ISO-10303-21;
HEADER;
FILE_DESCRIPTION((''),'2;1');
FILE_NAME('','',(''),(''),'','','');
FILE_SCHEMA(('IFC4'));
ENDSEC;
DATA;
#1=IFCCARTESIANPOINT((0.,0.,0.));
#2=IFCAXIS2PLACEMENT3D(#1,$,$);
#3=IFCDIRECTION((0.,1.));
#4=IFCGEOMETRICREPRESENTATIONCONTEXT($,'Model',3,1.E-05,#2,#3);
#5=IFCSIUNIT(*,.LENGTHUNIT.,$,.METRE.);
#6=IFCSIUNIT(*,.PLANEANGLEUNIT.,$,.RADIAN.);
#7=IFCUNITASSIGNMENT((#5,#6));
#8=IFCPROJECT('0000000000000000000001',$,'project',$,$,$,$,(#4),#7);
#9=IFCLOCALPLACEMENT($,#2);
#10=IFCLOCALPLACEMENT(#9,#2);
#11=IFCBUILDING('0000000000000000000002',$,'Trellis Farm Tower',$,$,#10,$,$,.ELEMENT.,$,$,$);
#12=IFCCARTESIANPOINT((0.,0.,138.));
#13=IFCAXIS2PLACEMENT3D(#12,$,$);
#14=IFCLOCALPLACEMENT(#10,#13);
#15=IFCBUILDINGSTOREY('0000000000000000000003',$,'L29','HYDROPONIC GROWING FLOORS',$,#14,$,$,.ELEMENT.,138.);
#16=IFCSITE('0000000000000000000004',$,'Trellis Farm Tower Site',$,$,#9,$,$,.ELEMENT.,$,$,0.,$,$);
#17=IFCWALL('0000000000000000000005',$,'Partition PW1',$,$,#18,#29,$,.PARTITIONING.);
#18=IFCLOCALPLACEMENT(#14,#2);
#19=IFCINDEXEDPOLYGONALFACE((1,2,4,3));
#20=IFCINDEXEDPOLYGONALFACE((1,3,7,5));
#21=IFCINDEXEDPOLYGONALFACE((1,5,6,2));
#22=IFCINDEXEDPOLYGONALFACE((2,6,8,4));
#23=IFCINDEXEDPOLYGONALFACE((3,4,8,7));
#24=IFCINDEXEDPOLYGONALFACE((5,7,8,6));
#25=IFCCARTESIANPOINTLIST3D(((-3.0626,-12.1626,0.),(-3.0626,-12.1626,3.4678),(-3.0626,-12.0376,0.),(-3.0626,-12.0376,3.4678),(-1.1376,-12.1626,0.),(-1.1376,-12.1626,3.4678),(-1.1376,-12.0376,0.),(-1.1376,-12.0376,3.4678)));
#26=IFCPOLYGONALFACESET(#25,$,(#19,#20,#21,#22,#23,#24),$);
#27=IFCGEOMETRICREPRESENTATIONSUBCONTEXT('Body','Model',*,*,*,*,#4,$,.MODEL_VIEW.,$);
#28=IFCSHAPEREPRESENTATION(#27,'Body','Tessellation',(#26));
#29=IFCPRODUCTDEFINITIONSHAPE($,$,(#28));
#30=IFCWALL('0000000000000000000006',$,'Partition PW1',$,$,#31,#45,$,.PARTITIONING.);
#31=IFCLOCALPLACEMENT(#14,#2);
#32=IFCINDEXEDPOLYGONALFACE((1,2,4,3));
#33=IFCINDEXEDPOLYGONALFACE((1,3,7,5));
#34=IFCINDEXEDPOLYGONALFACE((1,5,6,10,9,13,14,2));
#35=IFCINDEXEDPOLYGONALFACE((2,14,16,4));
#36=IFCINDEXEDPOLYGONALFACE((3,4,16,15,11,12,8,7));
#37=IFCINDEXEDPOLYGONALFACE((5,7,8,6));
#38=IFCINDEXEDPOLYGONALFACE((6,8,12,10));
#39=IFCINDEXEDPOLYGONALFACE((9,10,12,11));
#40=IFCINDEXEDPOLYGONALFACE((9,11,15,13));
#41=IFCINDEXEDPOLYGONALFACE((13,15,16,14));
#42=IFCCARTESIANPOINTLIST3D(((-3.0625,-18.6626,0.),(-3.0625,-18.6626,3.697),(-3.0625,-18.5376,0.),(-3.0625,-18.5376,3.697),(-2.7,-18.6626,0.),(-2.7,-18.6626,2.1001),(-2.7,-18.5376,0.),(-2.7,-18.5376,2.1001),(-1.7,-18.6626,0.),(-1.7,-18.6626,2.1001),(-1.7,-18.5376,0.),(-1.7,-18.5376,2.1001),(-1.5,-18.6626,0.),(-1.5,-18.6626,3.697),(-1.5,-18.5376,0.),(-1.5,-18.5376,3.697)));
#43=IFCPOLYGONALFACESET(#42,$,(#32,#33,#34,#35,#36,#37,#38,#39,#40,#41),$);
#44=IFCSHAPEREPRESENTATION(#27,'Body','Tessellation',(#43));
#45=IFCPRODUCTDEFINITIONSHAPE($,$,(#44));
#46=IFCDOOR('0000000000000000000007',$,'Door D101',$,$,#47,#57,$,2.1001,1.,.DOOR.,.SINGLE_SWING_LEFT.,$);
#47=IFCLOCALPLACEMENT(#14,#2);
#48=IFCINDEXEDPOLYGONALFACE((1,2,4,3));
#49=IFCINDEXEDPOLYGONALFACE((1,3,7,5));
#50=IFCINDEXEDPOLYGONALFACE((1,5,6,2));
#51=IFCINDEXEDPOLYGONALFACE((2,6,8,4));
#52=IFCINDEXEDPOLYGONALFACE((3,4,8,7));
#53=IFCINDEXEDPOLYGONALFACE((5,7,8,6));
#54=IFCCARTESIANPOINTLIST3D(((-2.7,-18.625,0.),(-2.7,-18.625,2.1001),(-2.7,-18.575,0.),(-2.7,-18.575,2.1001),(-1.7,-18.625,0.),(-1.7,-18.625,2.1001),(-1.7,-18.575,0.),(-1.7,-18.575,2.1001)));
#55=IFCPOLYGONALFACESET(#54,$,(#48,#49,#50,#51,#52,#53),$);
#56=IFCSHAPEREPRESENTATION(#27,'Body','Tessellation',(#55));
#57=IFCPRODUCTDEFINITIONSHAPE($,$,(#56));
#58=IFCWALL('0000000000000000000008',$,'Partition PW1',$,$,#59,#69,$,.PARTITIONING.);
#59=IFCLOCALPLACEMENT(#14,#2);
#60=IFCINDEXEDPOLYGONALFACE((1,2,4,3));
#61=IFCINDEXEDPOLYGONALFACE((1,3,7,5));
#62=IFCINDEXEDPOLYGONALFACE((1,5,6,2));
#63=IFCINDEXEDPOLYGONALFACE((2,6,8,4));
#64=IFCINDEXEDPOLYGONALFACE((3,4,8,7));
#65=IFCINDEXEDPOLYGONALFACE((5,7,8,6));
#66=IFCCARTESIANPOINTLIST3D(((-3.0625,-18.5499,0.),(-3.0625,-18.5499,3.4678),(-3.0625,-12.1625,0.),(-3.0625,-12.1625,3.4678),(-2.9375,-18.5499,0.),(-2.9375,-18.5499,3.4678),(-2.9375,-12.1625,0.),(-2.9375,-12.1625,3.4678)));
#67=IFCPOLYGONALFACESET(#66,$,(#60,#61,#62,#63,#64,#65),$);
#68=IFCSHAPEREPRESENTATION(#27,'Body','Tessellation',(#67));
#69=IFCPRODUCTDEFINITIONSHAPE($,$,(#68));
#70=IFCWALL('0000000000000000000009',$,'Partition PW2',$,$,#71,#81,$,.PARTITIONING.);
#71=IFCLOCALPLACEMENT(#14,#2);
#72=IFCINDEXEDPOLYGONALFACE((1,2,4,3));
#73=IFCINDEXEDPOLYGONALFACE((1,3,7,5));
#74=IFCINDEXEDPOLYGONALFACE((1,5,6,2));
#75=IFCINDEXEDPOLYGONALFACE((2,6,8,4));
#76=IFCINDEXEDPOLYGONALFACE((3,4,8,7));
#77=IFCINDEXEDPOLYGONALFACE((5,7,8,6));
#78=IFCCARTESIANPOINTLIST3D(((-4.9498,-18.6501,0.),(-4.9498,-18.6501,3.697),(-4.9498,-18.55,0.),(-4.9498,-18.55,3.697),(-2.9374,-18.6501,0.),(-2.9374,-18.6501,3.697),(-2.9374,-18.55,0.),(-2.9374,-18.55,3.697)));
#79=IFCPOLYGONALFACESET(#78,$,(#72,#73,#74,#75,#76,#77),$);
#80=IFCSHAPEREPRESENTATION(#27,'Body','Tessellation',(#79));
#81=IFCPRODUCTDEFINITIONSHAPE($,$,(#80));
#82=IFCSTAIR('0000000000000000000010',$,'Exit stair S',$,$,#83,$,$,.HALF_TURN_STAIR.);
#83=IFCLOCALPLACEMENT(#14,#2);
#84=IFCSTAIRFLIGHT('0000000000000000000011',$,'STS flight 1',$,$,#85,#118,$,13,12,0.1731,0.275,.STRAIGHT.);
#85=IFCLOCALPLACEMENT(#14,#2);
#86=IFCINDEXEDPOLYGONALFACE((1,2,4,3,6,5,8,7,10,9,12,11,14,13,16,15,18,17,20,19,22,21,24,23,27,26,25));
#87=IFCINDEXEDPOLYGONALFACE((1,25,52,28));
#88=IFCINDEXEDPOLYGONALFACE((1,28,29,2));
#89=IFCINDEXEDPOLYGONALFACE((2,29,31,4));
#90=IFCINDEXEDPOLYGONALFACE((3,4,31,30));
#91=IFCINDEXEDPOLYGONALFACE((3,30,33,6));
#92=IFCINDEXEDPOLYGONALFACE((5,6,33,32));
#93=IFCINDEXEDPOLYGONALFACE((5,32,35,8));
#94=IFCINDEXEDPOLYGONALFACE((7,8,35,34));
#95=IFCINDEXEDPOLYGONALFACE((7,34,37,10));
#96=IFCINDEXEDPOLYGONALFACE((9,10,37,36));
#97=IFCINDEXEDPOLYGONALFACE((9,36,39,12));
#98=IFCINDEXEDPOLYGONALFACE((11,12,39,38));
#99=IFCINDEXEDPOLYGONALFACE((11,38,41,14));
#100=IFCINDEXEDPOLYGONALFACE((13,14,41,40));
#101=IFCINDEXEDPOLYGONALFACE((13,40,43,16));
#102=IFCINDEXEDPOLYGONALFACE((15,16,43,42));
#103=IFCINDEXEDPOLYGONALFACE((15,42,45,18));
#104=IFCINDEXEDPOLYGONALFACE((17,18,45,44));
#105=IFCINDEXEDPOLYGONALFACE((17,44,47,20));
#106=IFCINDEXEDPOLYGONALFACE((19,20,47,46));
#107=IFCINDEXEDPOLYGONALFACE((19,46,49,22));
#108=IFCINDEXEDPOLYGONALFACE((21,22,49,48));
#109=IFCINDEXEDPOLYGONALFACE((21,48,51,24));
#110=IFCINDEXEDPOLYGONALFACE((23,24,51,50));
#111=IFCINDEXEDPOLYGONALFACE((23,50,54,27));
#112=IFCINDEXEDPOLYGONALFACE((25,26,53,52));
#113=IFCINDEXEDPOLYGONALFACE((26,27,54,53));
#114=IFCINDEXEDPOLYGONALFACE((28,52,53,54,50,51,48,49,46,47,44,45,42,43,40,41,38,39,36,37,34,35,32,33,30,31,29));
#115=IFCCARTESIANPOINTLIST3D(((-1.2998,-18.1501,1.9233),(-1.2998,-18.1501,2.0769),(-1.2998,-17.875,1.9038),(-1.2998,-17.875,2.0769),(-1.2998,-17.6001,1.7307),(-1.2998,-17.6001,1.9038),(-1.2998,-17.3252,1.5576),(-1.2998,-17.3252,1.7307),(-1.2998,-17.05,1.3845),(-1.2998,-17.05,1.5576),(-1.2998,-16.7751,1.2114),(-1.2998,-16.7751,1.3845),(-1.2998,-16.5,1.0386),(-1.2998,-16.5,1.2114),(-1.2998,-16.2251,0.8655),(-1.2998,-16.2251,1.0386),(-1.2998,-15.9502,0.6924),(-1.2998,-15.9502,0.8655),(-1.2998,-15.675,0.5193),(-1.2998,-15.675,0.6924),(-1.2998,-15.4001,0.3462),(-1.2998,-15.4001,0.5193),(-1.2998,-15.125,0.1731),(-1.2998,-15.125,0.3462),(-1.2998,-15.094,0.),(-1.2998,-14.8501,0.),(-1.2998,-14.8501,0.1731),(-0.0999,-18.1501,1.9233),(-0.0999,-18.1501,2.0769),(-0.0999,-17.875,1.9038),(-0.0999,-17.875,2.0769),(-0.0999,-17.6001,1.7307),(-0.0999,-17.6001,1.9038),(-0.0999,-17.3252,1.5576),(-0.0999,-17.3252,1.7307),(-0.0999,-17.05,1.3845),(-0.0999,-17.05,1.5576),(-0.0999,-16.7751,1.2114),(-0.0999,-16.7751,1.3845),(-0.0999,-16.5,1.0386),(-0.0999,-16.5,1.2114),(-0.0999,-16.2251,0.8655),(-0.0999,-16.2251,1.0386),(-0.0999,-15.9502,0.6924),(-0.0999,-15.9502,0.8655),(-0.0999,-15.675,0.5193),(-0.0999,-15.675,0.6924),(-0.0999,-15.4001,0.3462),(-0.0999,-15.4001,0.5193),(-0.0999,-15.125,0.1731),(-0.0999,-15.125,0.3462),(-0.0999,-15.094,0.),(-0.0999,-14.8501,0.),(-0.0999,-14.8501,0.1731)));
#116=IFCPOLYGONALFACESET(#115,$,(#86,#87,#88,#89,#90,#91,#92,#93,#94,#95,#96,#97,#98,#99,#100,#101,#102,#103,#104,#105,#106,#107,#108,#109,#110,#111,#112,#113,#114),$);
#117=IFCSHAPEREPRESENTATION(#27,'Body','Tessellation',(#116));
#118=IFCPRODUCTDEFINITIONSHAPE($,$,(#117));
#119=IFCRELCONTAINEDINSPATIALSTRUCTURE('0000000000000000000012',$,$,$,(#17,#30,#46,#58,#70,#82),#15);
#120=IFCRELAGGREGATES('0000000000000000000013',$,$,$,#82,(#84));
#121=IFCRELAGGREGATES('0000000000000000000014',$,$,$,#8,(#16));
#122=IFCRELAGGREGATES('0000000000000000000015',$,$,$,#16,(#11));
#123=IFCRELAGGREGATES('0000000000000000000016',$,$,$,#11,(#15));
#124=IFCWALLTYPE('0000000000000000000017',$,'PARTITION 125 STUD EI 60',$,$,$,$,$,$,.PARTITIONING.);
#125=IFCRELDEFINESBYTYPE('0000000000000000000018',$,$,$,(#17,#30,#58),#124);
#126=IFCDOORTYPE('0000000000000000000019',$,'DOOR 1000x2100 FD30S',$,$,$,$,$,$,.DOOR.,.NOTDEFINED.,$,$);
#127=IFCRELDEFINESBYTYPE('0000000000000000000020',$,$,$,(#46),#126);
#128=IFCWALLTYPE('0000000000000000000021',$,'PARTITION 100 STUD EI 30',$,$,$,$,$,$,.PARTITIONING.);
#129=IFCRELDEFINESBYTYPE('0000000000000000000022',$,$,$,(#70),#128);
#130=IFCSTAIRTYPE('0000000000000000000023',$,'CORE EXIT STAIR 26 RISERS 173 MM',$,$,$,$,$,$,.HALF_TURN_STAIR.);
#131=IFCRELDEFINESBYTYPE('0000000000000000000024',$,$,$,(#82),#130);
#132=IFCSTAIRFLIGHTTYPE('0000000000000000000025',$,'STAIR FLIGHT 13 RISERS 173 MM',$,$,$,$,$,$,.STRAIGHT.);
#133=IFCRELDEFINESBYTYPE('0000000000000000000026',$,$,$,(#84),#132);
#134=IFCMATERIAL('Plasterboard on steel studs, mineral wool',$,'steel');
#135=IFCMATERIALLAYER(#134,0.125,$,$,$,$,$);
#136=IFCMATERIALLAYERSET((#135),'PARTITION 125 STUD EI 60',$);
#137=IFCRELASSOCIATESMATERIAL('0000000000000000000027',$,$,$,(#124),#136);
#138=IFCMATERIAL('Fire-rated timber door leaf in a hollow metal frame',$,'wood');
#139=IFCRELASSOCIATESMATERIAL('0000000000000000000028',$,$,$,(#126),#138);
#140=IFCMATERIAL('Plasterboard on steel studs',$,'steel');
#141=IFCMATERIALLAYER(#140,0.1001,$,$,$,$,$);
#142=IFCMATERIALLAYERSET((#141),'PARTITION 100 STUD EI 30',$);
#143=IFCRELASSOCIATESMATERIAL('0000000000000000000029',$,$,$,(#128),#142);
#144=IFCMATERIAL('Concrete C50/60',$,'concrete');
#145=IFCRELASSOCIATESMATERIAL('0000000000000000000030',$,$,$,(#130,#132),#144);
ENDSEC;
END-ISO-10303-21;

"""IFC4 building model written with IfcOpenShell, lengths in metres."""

from ifc_helpers import new_model, si_unit, direction, frame, frame_2d, origin, place, context, subcontext, project, spatial, polyline, rectangle, outline, extrude, source, transform, mapped, material, layer, layer_set, type_object, element, fill, aggregate, save


model = new_model("IFC4")

# Units and contexts
model_context = context("Model", 3, precision=1e-05, world=origin(), true_north=direction((0.0, 1.0)))
body_context = subcontext(model_context, "Body", "Model", "MODEL_VIEW")
ifc_project = project(units=[si_unit("LENGTHUNIT", "METRE"), si_unit("PLANEANGLEUNIT", "RADIAN")], contexts=[model_context])

# Site, building, storey
site_placement = place(None, origin())
site = spatial("IfcSite", under=ifc_project, at=site_placement, Name="Trellis Farm Tower Site", CompositionType="ELEMENT", RefElevation=0.0)
building_placement = place(site_placement, origin())
building = spatial("IfcBuilding", under=site, at=building_placement, Name="Trellis Farm Tower", CompositionType="ELEMENT")
storey_placement = place(building_placement, frame((0.0, 0.0, 138.0)))
storey = spatial("IfcBuildingStorey", under=building, at=storey_placement, Name="L29", Description="HYDROPONIC GROWING FLOORS", CompositionType="ELEMENT", Elevation=138.0)

# Shared definitions
placement = place(storey_placement, origin())

# Shared definitions
ifc_material_1 = material(Name="Plasterboard on steel studs, mineral wool", Category="steel")
ifc_layer_1 = layer(ifc_material_1, 0.125)
ifc_layer_set_1 = layer_set([ifc_layer_1], Name="PARTITION 125 STUD EI 60")
wall_type_1 = type_object("IfcWallType", Name="PARTITION 125 STUD EI 60", PredefinedType="PARTITIONING", material=ifc_layer_set_1)
ifc_material_2 = material(Name="Fire-rated timber door leaf in a hollow metal frame", Category="wood")

# Wall
shared_shape_1 = source(origin(), body_context, "Body", "SweptSolid", [
    extrude(rectangle(XDim=1.925, YDim=0.125, at=frame_2d((0.9624, 0.0))), origin(), (0.0, 0.0, 1.0), 3.4678),
])
wall_1_placement = place(storey_placement, frame((-3.0625, -12.1001, 0.0), z_axis=(0.0, 0.0, 1.0), x_axis=(1.0, 0.0, 0.0)))
element("IfcWall", 1, at=wall_1_placement, inside=storey, type_object=wall_type_1, Name="Partition PW1", PredefinedType="PARTITIONING", context=body_context, shape_type="MappedRepresentation", body=[
    mapped(shared_shape_1, transform((0.0, 0.0, 0.0))),
])

# Wall, opening, door
shared_shape_2 = source(origin(), body_context, "Body", "SweptSolid", [
    extrude(rectangle(XDim=1.5625, YDim=0.125, at=frame_2d((0.7812, 0.0))), origin(), (0.0, 0.0, 1.0), 3.697),
])
wall_2_placement = place(storey_placement, frame((-1.5, -18.6001, 0.0), z_axis=(0.0, 0.0, 1.0), x_axis=(-1.0, 0.0, 0.0)))
wall_2 = element("IfcWall", 2, at=wall_2_placement, inside=storey, type_object=wall_type_1, Name="Partition PW1", PredefinedType="PARTITIONING", context=body_context, shape_type="MappedRepresentation", body=[
    mapped(shared_shape_2, transform((0.0, 0.0, 0.0))),
])
shared_shape_3 = source(origin(), body_context, "Body", "SweptSolid", [
    extrude(rectangle(XDim=1.0, YDim=2.1001, at=frame_2d((0.5, 1.05))), frame((0.0, 0.0725, 0.0), z_axis=(0.0, -1.0, 0.0), x_axis=(1.0, 0.0, 0.0)), (0.0, 0.0, 1.0), 0.145),
])
opening_1_placement = place(wall_2_placement, frame((0.2, 0.0, 0.0)))
opening_1 = element("IfcOpeningElement", 3, at=opening_1_placement, cuts=wall_2, PredefinedType="OPENING", context=body_context, shape_type="MappedRepresentation", body=[
    mapped(shared_shape_3, transform((0.0, 0.0, 0.0))),
])
door_type_1 = type_object("IfcDoorType", Name="DOOR 1000x2100 FD30S", OperationType="NOTDEFINED", PredefinedType="DOOR", material=ifc_material_2)
shared_shape_4 = source(origin(), body_context, "Body", "SweptSolid", [
    extrude(rectangle(XDim=1.0, YDim=2.1001, at=frame_2d((0.5, 1.05))), frame((0.0, 0.0249, 0.0), z_axis=(0.0, -1.0, 0.0), x_axis=(1.0, 0.0, 0.0)), (0.0, 0.0, 1.0), 0.05),
])
door_1_placement = place(opening_1_placement, origin())
door_1 = element("IfcDoor", 4, at=door_1_placement, inside=storey, type_object=door_type_1, Name="Door D101", OperationType="SINGLE_SWING_LEFT", OverallHeight=2.1001, OverallWidth=1.0, PredefinedType="DOOR", context=body_context, shape_type="MappedRepresentation", body=[
    mapped(shared_shape_4, transform((0.0, 0.0, 0.0))),
])
fill(opening_1, door_1)

# Walls
shared_shape_5 = source(origin(), body_context, "Body", "SweptSolid", [
    extrude(rectangle(XDim=6.3875, YDim=0.125, at=frame_2d((3.1938, 0.0))), origin(), (0.0, 0.0, 1.0), 3.4678),
])
wall_3_placement = place(storey_placement, frame((-3.0, -18.55, 0.0), z_axis=(0.0, 0.0, 1.0), x_axis=(0.0, 1.0, 0.0)))
element("IfcWall", 5, at=wall_3_placement, inside=storey, type_object=wall_type_1, Name="Partition PW1", PredefinedType="PARTITIONING", context=body_context, shape_type="MappedRepresentation", body=[
    mapped(shared_shape_5, transform((0.0, 0.0, 0.0))),
])
ifc_material_3 = material(Name="Plasterboard on steel studs", Category="steel")
ifc_layer_2 = layer(ifc_material_3, 0.1001)
ifc_layer_set_2 = layer_set([ifc_layer_2], Name="PARTITION 100 STUD EI 30")
wall_type_2 = type_object("IfcWallType", Name="PARTITION 100 STUD EI 30", PredefinedType="PARTITIONING", material=ifc_layer_set_2)
shared_shape_6 = source(origin(), body_context, "Body", "SweptSolid", [
    extrude(rectangle(XDim=2.0125, YDim=0.1001, at=frame_2d((1.0063, 0.0))), origin(), (0.0, 0.0, 1.0), 3.697),
])
wall_4_placement = place(storey_placement, frame((-4.95, -18.6001, 0.0), z_axis=(0.0, 0.0, 1.0), x_axis=(1.0, 0.0, 0.0)))
element("IfcWall", 6, at=wall_4_placement, inside=storey, type_object=wall_type_2, Name="Partition PW2", PredefinedType="PARTITIONING", context=body_context, shape_type="MappedRepresentation", body=[
    mapped(shared_shape_6, transform((0.0, 0.0, 0.0))),
])

# Stair, stair flight
ifc_material_4 = material(Name="Concrete C50/60", Category="concrete")
stair_type = type_object("IfcStairType", Name="CORE EXIT STAIR 26 RISERS 173 MM", PredefinedType="HALF_TURN_STAIR", material=ifc_material_4)
stair = element("IfcStair", 7, at=placement, inside=storey, type_object=stair_type, Name="Exit stair S", PredefinedType="HALF_TURN_STAIR")
stair_flight_type = type_object("IfcStairFlightType", Name="STAIR FLIGHT 13 RISERS 173 MM", PredefinedType="STRAIGHT", material=ifc_material_4)
shared_shape_7 = source(origin(), body_context, "Body", "SweptSolid", [
    extrude(outline(polyline([(0.0, 0.0), (0.0, 0.1731), (0.2749, 0.1731), (0.2749, 0.3462), (0.55, 0.3462), (0.55, 0.5193), (0.825, 0.5193), (0.825, 0.6924), (1.1001, 0.6924), (1.1001, 0.8655), (1.375, 0.8655), (1.375, 1.0386), (1.6499, 1.0386), (1.6499, 1.2114), (1.925, 1.2114), (1.925, 1.3845), (2.2, 1.3845), (2.2, 1.5576), (2.4751, 1.5576), (2.4751, 1.7307), (2.75, 1.7307), (2.75, 1.9038), (3.0249, 1.9038), (3.0249, 2.0769), (3.3, 2.0769), (3.3, 2.25), (3.3, 1.9233), (0.2439, 0.0), (0.0, 0.0)])), frame((0.0, 0.6001, 0.0), z_axis=(0.0, -1.0, 0.0), x_axis=(1.0, 0.0, 0.0)), (0.0, 0.0, 1.0), 1.2),
])
stair_flight_placement = place(storey_placement, frame((-0.7, -14.8501, 0.0), z_axis=(0.0, 0.0, 1.0), x_axis=(0.0, -1.0, 0.0)))
stair_flight = element("IfcStairFlight", 8, at=stair_flight_placement, type_object=stair_flight_type, Name="STS flight 1", NumberOfRisers=13, NumberOfTreads=12, PredefinedType="STRAIGHT", RiserHeight=0.1731, TreadLength=0.275, context=body_context, shape_type="MappedRepresentation", body=[
    mapped(shared_shape_7, transform((0.0, 0.0, 0.0))),
])
aggregate(stair, [stair_flight])

save(model, "model.ifc")
